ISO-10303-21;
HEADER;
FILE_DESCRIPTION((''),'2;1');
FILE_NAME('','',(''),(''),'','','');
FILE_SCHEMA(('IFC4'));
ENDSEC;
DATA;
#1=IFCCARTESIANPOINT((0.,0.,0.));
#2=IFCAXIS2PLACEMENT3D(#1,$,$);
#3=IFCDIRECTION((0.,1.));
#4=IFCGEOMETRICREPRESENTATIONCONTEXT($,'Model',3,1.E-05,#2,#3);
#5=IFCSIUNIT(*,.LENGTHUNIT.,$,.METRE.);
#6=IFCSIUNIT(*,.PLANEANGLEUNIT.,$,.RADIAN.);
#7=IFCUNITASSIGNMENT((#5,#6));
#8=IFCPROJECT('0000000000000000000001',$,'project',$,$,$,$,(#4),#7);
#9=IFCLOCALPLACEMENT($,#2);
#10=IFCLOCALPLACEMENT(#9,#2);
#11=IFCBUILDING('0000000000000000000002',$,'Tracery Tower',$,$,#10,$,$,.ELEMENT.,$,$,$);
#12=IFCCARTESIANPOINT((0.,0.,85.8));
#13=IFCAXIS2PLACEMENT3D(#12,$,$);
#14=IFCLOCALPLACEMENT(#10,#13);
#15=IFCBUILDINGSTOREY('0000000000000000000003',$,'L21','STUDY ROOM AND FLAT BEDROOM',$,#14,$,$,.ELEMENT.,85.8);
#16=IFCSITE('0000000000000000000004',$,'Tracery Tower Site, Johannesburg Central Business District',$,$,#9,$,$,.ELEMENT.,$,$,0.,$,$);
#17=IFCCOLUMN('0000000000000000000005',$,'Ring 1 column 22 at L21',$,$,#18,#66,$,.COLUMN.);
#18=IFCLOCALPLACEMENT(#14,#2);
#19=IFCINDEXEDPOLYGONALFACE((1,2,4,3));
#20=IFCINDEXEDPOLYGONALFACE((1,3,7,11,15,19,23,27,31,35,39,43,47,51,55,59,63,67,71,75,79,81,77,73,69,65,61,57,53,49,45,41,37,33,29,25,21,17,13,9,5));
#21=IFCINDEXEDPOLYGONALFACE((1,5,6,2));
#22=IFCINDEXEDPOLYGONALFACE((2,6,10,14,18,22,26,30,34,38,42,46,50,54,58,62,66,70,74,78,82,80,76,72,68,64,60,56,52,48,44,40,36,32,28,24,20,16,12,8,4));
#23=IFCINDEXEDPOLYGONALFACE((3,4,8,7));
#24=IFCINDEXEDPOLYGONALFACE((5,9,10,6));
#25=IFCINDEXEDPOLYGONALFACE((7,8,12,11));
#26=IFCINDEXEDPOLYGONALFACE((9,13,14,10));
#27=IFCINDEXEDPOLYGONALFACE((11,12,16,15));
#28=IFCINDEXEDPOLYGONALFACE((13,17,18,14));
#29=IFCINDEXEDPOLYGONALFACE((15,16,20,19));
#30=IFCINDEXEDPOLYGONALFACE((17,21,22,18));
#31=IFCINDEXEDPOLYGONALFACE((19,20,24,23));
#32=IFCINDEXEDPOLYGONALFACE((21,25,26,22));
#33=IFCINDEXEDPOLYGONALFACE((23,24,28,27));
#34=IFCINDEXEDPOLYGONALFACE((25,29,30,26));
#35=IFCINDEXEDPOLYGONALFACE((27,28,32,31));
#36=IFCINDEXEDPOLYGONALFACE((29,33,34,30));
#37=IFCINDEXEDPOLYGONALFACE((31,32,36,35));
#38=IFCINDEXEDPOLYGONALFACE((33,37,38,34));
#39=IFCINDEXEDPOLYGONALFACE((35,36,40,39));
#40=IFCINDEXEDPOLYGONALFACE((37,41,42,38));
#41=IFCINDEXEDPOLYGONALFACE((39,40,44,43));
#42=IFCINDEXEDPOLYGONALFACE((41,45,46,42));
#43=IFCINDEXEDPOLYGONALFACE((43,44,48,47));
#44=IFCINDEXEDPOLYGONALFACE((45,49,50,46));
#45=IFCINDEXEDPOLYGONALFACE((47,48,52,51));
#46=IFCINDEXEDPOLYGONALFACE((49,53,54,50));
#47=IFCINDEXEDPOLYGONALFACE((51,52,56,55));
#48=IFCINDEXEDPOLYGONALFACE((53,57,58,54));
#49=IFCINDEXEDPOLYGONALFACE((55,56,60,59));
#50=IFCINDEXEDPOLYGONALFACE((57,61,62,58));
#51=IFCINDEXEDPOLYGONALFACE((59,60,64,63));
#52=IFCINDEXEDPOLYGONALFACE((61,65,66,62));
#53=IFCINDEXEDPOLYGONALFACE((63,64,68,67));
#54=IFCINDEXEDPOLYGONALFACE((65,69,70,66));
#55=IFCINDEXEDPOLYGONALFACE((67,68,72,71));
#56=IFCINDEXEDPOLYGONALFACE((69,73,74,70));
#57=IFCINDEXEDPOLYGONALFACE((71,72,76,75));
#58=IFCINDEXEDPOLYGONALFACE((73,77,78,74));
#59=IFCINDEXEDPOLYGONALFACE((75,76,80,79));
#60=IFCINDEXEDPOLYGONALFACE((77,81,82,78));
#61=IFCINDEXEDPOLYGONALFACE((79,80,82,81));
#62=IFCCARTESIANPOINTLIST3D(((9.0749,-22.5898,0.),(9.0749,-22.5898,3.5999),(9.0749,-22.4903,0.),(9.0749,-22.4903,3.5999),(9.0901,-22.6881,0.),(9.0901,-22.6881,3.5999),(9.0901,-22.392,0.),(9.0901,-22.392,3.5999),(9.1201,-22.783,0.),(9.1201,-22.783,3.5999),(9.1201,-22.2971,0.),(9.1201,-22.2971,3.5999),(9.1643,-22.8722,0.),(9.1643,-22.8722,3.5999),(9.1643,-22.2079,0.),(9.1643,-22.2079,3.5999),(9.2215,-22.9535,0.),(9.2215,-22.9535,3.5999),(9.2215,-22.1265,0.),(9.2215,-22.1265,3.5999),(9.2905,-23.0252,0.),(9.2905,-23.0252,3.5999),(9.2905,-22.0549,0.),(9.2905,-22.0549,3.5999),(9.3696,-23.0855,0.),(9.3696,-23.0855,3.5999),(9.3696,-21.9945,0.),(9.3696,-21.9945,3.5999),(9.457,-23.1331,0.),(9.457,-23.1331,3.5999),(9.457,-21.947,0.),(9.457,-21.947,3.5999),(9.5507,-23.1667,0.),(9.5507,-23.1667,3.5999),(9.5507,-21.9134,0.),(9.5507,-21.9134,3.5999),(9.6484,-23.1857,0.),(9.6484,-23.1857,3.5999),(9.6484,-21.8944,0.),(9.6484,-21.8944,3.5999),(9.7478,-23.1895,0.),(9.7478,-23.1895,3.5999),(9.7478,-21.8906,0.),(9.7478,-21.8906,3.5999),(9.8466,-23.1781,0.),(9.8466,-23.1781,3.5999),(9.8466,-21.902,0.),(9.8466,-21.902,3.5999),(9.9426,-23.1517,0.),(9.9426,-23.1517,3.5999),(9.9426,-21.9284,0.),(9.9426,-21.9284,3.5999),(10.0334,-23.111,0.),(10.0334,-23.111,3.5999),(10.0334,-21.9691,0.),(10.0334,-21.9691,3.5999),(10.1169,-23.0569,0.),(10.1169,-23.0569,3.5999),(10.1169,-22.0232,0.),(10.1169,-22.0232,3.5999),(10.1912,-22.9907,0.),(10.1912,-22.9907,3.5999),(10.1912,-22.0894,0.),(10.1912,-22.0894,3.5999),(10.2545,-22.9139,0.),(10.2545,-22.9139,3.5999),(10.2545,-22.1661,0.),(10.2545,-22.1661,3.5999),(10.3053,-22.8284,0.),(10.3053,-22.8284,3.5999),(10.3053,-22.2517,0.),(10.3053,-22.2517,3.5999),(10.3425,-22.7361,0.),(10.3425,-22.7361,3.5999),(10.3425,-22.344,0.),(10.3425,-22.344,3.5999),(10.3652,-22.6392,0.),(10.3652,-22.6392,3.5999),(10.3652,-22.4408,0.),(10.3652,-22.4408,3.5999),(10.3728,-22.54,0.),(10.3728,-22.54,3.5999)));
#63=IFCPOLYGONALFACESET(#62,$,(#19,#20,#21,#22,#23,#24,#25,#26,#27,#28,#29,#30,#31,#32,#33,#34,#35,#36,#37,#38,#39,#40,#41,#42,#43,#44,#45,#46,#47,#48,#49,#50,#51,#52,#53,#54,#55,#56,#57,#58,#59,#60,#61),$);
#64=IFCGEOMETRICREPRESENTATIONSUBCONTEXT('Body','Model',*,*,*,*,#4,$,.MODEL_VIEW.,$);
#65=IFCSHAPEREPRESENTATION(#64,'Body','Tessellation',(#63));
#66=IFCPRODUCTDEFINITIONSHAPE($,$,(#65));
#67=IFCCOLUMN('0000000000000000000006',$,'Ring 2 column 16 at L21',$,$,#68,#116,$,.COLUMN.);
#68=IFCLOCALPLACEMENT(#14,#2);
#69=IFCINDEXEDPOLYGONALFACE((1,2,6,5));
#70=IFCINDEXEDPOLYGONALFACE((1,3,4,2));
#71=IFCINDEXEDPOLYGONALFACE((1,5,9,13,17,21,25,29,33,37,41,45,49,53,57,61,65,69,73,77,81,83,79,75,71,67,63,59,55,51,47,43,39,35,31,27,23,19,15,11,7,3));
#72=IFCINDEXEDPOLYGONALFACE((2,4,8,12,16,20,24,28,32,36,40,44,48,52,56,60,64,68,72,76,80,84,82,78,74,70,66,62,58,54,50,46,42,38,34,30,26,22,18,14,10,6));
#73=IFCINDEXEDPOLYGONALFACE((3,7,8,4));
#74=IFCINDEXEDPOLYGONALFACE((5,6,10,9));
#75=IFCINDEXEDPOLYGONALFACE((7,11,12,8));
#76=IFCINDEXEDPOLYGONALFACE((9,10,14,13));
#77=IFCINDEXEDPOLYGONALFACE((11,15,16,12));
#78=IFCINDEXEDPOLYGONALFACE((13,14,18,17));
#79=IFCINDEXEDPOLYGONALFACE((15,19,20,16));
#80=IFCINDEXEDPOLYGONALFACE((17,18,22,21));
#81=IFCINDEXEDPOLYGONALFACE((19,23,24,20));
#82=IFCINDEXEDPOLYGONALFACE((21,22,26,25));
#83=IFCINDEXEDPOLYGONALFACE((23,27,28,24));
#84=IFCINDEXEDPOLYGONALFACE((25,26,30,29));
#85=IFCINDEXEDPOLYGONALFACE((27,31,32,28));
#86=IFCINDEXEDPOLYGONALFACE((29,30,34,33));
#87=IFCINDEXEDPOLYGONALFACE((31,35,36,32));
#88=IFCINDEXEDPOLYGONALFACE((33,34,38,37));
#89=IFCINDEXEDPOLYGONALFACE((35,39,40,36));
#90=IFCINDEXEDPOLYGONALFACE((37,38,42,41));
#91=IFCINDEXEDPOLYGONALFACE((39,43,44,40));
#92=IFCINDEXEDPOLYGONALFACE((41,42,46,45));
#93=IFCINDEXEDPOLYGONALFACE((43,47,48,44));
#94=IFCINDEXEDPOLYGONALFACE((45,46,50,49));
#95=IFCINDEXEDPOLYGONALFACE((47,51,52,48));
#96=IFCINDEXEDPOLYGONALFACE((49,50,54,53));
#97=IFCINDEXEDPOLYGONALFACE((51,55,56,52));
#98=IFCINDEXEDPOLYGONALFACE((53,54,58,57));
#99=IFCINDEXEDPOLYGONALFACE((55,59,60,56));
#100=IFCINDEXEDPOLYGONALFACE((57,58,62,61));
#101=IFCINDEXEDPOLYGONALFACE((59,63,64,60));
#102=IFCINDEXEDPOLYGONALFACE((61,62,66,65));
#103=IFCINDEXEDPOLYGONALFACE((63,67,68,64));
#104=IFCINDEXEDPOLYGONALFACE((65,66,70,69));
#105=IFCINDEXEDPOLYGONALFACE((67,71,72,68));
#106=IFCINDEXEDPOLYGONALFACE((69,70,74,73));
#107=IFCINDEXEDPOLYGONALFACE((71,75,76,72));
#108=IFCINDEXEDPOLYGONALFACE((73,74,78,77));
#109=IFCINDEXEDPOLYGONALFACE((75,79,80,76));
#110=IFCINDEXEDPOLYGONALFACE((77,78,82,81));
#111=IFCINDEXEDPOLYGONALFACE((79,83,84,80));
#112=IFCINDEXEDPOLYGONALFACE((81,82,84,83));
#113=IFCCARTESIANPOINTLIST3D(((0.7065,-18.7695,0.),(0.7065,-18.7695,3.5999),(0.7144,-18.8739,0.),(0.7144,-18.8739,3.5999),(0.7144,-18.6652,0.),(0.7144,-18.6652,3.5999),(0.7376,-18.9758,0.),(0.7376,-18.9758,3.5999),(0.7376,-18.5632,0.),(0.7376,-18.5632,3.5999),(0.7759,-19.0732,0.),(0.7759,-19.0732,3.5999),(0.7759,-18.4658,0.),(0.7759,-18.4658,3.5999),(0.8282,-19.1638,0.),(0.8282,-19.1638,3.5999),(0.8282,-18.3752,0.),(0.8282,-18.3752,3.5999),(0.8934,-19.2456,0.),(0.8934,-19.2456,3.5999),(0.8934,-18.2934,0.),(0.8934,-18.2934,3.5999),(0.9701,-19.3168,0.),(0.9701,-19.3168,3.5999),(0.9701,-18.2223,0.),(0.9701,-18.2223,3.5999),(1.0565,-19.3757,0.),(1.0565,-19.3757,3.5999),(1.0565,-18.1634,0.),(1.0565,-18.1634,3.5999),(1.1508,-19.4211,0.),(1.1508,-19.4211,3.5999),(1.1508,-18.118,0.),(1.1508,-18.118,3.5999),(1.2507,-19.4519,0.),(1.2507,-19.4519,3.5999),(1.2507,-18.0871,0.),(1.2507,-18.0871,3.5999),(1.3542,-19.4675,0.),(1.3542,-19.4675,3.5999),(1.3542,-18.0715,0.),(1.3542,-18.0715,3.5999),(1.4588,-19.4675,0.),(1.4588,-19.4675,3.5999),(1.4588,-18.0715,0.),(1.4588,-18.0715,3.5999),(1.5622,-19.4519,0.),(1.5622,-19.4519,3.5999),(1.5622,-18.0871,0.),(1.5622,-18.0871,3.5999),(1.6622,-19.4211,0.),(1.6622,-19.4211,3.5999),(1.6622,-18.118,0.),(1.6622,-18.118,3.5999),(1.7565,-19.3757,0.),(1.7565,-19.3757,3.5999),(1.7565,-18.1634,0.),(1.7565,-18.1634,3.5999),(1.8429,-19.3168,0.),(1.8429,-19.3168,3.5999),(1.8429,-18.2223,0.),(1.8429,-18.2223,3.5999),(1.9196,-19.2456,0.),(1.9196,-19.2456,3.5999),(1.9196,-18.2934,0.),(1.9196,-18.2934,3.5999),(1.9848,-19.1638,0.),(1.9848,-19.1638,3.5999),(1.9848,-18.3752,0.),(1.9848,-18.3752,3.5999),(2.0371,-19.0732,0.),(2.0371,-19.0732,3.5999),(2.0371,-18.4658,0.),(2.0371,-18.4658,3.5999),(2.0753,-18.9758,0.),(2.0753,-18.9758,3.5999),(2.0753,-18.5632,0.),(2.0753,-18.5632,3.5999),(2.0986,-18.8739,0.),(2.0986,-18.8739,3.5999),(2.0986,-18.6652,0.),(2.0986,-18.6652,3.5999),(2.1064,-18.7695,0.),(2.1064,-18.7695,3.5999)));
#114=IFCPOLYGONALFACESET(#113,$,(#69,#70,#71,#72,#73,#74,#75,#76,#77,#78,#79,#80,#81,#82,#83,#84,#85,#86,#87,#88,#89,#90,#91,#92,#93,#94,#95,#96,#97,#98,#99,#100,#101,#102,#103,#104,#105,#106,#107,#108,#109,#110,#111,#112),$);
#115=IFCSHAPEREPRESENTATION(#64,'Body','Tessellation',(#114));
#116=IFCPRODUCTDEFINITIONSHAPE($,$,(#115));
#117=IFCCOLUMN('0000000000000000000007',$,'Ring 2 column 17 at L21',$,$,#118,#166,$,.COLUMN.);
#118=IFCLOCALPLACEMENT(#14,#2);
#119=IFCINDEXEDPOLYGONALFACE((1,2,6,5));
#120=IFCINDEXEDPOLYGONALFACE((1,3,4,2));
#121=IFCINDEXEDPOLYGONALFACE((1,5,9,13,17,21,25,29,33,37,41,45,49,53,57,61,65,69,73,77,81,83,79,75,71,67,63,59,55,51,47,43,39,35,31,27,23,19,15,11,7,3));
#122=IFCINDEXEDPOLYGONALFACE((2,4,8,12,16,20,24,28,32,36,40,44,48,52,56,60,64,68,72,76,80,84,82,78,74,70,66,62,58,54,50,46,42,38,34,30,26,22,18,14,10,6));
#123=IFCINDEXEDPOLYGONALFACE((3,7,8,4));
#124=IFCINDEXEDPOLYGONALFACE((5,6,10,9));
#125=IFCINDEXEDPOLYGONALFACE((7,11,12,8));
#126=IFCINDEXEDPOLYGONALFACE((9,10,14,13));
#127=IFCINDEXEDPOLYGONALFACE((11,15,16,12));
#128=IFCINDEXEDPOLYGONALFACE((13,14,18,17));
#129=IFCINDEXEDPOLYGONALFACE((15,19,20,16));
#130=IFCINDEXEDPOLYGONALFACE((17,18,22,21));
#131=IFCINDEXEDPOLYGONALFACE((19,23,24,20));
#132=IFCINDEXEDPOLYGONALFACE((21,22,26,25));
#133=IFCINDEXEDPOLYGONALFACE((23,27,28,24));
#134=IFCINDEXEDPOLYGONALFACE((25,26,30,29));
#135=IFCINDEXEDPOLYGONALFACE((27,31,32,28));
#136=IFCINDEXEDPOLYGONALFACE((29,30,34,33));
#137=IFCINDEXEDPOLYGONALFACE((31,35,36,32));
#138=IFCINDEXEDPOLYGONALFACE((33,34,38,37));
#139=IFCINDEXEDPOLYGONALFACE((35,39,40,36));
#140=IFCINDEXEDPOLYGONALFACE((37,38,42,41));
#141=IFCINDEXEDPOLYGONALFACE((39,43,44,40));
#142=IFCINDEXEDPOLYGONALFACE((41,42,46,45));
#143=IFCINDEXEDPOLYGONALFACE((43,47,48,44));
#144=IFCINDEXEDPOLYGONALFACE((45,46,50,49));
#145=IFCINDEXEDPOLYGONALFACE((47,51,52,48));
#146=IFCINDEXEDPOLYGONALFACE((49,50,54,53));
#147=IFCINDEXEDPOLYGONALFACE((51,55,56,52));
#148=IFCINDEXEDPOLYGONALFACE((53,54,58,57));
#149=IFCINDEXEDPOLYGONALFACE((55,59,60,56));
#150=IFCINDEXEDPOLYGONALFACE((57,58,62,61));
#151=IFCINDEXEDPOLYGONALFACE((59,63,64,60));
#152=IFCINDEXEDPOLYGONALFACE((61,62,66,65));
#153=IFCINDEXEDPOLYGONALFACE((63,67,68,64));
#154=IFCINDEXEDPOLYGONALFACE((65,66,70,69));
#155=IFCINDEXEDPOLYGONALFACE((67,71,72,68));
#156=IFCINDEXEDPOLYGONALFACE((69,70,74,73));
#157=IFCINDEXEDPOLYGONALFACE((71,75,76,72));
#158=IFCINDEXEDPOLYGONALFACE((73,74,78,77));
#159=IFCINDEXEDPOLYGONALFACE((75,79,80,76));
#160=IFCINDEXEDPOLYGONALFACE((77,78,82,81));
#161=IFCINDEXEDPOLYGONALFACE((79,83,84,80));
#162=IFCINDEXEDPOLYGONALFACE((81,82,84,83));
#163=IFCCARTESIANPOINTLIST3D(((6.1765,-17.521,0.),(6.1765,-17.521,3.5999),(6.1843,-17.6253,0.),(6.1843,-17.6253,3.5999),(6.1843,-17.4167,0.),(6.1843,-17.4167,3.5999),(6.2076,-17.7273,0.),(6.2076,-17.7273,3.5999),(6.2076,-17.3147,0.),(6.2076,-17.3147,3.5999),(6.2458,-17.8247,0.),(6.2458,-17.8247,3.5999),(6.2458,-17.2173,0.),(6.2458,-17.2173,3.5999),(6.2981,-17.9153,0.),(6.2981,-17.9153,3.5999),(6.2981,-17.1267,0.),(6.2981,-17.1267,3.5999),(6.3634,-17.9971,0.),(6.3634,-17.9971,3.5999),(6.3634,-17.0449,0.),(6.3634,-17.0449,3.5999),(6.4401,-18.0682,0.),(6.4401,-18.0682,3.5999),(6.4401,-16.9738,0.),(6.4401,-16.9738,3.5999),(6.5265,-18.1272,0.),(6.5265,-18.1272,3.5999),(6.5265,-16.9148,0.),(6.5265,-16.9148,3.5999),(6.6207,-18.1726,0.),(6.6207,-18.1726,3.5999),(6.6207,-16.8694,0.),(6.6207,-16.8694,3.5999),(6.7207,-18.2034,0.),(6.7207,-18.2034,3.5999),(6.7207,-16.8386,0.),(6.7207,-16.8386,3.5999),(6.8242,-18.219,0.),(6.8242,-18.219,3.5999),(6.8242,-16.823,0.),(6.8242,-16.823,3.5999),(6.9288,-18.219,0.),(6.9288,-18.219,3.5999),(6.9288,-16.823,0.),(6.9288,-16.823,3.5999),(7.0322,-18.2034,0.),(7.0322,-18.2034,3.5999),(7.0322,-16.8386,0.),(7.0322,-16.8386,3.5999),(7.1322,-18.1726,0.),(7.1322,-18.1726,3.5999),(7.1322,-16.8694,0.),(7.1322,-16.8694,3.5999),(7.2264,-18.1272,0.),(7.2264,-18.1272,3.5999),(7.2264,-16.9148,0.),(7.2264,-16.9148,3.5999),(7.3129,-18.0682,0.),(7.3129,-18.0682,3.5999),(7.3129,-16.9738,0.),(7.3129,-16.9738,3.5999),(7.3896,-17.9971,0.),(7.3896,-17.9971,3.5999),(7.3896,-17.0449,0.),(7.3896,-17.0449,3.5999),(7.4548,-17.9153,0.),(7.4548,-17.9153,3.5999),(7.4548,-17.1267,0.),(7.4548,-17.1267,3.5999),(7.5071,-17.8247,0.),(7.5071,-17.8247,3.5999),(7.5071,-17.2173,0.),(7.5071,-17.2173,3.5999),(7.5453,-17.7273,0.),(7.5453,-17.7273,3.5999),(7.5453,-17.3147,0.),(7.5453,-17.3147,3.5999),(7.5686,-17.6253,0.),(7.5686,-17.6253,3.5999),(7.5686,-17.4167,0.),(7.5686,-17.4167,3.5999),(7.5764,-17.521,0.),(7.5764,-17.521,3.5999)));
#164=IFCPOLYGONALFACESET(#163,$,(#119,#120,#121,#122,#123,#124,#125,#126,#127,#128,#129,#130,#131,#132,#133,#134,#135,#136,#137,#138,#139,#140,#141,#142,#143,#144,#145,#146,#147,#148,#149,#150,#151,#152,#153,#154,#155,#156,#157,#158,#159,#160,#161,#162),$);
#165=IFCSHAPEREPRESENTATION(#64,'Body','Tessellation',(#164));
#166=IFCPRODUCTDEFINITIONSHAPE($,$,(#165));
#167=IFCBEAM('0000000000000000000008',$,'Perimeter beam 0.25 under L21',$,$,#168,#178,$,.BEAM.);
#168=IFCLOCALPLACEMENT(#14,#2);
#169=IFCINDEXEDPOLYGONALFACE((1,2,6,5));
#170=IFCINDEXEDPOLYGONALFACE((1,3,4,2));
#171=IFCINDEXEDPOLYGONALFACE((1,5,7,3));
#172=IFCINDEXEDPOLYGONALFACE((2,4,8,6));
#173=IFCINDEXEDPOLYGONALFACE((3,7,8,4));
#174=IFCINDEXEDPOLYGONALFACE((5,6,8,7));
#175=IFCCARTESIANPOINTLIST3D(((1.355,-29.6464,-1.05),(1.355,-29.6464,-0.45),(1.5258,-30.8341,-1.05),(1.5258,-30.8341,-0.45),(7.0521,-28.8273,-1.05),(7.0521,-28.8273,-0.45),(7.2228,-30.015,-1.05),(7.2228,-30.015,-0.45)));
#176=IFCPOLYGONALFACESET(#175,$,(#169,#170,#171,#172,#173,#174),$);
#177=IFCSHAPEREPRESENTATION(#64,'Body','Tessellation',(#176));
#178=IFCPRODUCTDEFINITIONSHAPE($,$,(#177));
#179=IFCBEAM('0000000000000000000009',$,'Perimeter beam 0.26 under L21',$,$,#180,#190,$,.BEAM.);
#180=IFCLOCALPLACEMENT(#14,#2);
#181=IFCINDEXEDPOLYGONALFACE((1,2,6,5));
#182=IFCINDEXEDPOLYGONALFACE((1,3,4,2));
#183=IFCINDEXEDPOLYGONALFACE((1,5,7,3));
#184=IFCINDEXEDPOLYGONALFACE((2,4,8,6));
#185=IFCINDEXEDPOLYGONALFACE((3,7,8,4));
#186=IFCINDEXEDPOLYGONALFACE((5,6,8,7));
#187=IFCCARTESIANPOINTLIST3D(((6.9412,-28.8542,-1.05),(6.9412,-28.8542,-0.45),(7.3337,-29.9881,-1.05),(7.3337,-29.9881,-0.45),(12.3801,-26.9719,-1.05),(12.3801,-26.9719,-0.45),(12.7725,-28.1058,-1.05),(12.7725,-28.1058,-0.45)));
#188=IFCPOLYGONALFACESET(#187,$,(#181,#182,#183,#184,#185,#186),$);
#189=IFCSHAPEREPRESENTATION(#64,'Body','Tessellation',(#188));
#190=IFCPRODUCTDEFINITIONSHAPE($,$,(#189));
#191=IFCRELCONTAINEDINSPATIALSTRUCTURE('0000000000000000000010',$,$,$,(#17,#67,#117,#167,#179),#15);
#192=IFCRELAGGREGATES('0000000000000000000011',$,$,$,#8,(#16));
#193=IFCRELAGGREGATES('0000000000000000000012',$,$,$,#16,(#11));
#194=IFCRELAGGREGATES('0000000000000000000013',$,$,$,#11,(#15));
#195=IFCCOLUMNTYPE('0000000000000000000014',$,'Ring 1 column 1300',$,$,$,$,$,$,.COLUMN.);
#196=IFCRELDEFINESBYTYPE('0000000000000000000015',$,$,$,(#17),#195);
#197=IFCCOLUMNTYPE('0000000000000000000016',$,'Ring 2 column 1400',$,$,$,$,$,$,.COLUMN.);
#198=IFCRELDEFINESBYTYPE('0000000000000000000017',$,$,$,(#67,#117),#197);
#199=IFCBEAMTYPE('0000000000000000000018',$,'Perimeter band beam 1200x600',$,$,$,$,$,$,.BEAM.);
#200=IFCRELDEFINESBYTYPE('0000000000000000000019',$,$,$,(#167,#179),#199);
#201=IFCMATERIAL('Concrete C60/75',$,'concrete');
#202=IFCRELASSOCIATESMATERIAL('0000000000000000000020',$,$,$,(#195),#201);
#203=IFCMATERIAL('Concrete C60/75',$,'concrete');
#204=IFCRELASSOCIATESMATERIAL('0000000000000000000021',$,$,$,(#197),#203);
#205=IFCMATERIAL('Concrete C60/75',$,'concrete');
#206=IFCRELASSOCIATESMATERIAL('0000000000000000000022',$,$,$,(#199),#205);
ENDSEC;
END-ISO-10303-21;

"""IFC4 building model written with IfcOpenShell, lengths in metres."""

from ifc_helpers import new_model, si_unit, direction, frame, origin, origin_2d, place, context, subcontext, project, spatial, rectangle, circle, extrude, material, material_profile, profile_set, type_object, element, save


model = new_model("IFC4")

# Units and contexts
model_context = context("Model", 3, precision=1e-05, world=origin(), true_north=direction((0.0, 1.0)))
body_context = subcontext(model_context, "Body", "Model", "MODEL_VIEW")
ifc_project = project(units=[si_unit("LENGTHUNIT", "METRE"), si_unit("PLANEANGLEUNIT", "RADIAN")], contexts=[model_context])

# Site, building, storey
site_placement = place(None, origin())
site = spatial("IfcSite", under=ifc_project, at=site_placement, Name="Tracery Tower Site, Johannesburg Central Business District", CompositionType="ELEMENT", RefElevation=0.0)
building_placement = place(site_placement, origin())
building = spatial("IfcBuilding", under=site, at=building_placement, Name="Tracery Tower", CompositionType="ELEMENT")
storey_placement = place(building_placement, frame((0.0, 0.0, 85.8)))
storey = spatial("IfcBuildingStorey", under=building, at=storey_placement, Name="L21", Description="STUDY ROOM AND FLAT BEDROOM", CompositionType="ELEMENT", Elevation=85.8)

# Columns
ifc_material_1 = material(Name="Concrete C60/75", Category="concrete")
ifc_material_profile_1 = material_profile(ifc_material_1, circle(Radius=0.6499, at=origin_2d()), Name="RC D1300")
ifc_profile_set_1 = profile_set([ifc_material_profile_1], Name="Concrete C60/75")
column_type_1 = type_object("IfcColumnType", Name="Ring 1 column 1300", PredefinedType="COLUMN", material=ifc_profile_set_1)
for number, where, z_axis, x_axis, name in (
    (1, (9.7229, -22.54, 0.0), (0.0, 0.0, 1.0), (1.0, 0.0, 0.0), "Ring 1 column 22 at L21"),
):
    element("IfcColumn", number, at=place(storey_placement, frame(where, z_axis=z_axis, x_axis=x_axis)), inside=storey, type_object=column_type_1, Name=name, PredefinedType="COLUMN", context=body_context, shape_type="SweptSolid", body=[
        extrude(circle(Radius=0.6499, at=origin_2d()), origin(), (0.0, 0.0, 1.0), 3.5999),
    ])
ifc_material_2 = material(Name="Concrete C60/75", Category="concrete")
ifc_material_profile_2 = material_profile(ifc_material_2, circle(Radius=0.7, at=origin_2d()), Name="RC D1400")
ifc_profile_set_2 = profile_set([ifc_material_profile_2], Name="Concrete C60/75")
column_type_2 = type_object("IfcColumnType", Name="Ring 2 column 1400", PredefinedType="COLUMN", material=ifc_profile_set_2)
for number, where, z_axis, x_axis, name in (
    (2, (1.4065, -18.7695, 0.0), (0.0, 0.0, 1.0), (1.0, 0.0, 0.0), "Ring 2 column 16 at L21"),
    (3, (6.8765, -17.521, 0.0), (0.0, 0.0, 1.0), (1.0, 0.0, 0.0), "Ring 2 column 17 at L21"),
):
    element("IfcColumn", number, at=place(storey_placement, frame(where, z_axis=z_axis, x_axis=x_axis)), inside=storey, type_object=column_type_2, Name=name, PredefinedType="COLUMN", context=body_context, shape_type="SweptSolid", body=[
        extrude(circle(Radius=0.7, at=origin_2d()), origin(), (0.0, 0.0, 1.0), 3.5999),
    ])

# Beams
ifc_material_3 = material(Name="Concrete C60/75", Category="concrete")
ifc_material_profile_3 = material_profile(ifc_material_3, rectangle(XDim=1.2, YDim=0.6001, at=origin_2d()), Name="RC 1200x600")
ifc_profile_set_3 = profile_set([ifc_material_profile_3], Name="Concrete C60/75")
beam_type = type_object("IfcBeamType", Name="Perimeter band beam 1200x600", PredefinedType="BEAM", material=ifc_profile_set_3)
beam_1_placement = place(storey_placement, frame((1.4404, -30.2402, -0.75), z_axis=(0.989822, 0.142312, 0.0), x_axis=(-0.142312, 0.989822, 0.0)))
element("IfcBeam", 4, at=beam_1_placement, inside=storey, type_object=beam_type, Name="Perimeter beam 0.25 under L21", PredefinedType="BEAM", context=body_context, shape_type="SweptSolid", body=[
    extrude(rectangle(XDim=1.2, YDim=0.6001, at=origin_2d()), origin(), (0.0, 0.0, 1.0), 5.7556),
])
beam_2_placement = place(storey_placement, frame((7.1375, -29.4211, -0.75), z_axis=(0.945007, 0.327049, 0.0), x_axis=(-0.327049, 0.945007, 0.0)))
element("IfcBeam", 5, at=beam_2_placement, inside=storey, type_object=beam_type, Name="Perimeter beam 0.26 under L21", PredefinedType="BEAM", context=body_context, shape_type="SweptSolid", body=[
    extrude(rectangle(XDim=1.2, YDim=0.6001, at=origin_2d()), origin(), (0.0, 0.0, 1.0), 5.7554),
])

save(model, "model.ifc")
